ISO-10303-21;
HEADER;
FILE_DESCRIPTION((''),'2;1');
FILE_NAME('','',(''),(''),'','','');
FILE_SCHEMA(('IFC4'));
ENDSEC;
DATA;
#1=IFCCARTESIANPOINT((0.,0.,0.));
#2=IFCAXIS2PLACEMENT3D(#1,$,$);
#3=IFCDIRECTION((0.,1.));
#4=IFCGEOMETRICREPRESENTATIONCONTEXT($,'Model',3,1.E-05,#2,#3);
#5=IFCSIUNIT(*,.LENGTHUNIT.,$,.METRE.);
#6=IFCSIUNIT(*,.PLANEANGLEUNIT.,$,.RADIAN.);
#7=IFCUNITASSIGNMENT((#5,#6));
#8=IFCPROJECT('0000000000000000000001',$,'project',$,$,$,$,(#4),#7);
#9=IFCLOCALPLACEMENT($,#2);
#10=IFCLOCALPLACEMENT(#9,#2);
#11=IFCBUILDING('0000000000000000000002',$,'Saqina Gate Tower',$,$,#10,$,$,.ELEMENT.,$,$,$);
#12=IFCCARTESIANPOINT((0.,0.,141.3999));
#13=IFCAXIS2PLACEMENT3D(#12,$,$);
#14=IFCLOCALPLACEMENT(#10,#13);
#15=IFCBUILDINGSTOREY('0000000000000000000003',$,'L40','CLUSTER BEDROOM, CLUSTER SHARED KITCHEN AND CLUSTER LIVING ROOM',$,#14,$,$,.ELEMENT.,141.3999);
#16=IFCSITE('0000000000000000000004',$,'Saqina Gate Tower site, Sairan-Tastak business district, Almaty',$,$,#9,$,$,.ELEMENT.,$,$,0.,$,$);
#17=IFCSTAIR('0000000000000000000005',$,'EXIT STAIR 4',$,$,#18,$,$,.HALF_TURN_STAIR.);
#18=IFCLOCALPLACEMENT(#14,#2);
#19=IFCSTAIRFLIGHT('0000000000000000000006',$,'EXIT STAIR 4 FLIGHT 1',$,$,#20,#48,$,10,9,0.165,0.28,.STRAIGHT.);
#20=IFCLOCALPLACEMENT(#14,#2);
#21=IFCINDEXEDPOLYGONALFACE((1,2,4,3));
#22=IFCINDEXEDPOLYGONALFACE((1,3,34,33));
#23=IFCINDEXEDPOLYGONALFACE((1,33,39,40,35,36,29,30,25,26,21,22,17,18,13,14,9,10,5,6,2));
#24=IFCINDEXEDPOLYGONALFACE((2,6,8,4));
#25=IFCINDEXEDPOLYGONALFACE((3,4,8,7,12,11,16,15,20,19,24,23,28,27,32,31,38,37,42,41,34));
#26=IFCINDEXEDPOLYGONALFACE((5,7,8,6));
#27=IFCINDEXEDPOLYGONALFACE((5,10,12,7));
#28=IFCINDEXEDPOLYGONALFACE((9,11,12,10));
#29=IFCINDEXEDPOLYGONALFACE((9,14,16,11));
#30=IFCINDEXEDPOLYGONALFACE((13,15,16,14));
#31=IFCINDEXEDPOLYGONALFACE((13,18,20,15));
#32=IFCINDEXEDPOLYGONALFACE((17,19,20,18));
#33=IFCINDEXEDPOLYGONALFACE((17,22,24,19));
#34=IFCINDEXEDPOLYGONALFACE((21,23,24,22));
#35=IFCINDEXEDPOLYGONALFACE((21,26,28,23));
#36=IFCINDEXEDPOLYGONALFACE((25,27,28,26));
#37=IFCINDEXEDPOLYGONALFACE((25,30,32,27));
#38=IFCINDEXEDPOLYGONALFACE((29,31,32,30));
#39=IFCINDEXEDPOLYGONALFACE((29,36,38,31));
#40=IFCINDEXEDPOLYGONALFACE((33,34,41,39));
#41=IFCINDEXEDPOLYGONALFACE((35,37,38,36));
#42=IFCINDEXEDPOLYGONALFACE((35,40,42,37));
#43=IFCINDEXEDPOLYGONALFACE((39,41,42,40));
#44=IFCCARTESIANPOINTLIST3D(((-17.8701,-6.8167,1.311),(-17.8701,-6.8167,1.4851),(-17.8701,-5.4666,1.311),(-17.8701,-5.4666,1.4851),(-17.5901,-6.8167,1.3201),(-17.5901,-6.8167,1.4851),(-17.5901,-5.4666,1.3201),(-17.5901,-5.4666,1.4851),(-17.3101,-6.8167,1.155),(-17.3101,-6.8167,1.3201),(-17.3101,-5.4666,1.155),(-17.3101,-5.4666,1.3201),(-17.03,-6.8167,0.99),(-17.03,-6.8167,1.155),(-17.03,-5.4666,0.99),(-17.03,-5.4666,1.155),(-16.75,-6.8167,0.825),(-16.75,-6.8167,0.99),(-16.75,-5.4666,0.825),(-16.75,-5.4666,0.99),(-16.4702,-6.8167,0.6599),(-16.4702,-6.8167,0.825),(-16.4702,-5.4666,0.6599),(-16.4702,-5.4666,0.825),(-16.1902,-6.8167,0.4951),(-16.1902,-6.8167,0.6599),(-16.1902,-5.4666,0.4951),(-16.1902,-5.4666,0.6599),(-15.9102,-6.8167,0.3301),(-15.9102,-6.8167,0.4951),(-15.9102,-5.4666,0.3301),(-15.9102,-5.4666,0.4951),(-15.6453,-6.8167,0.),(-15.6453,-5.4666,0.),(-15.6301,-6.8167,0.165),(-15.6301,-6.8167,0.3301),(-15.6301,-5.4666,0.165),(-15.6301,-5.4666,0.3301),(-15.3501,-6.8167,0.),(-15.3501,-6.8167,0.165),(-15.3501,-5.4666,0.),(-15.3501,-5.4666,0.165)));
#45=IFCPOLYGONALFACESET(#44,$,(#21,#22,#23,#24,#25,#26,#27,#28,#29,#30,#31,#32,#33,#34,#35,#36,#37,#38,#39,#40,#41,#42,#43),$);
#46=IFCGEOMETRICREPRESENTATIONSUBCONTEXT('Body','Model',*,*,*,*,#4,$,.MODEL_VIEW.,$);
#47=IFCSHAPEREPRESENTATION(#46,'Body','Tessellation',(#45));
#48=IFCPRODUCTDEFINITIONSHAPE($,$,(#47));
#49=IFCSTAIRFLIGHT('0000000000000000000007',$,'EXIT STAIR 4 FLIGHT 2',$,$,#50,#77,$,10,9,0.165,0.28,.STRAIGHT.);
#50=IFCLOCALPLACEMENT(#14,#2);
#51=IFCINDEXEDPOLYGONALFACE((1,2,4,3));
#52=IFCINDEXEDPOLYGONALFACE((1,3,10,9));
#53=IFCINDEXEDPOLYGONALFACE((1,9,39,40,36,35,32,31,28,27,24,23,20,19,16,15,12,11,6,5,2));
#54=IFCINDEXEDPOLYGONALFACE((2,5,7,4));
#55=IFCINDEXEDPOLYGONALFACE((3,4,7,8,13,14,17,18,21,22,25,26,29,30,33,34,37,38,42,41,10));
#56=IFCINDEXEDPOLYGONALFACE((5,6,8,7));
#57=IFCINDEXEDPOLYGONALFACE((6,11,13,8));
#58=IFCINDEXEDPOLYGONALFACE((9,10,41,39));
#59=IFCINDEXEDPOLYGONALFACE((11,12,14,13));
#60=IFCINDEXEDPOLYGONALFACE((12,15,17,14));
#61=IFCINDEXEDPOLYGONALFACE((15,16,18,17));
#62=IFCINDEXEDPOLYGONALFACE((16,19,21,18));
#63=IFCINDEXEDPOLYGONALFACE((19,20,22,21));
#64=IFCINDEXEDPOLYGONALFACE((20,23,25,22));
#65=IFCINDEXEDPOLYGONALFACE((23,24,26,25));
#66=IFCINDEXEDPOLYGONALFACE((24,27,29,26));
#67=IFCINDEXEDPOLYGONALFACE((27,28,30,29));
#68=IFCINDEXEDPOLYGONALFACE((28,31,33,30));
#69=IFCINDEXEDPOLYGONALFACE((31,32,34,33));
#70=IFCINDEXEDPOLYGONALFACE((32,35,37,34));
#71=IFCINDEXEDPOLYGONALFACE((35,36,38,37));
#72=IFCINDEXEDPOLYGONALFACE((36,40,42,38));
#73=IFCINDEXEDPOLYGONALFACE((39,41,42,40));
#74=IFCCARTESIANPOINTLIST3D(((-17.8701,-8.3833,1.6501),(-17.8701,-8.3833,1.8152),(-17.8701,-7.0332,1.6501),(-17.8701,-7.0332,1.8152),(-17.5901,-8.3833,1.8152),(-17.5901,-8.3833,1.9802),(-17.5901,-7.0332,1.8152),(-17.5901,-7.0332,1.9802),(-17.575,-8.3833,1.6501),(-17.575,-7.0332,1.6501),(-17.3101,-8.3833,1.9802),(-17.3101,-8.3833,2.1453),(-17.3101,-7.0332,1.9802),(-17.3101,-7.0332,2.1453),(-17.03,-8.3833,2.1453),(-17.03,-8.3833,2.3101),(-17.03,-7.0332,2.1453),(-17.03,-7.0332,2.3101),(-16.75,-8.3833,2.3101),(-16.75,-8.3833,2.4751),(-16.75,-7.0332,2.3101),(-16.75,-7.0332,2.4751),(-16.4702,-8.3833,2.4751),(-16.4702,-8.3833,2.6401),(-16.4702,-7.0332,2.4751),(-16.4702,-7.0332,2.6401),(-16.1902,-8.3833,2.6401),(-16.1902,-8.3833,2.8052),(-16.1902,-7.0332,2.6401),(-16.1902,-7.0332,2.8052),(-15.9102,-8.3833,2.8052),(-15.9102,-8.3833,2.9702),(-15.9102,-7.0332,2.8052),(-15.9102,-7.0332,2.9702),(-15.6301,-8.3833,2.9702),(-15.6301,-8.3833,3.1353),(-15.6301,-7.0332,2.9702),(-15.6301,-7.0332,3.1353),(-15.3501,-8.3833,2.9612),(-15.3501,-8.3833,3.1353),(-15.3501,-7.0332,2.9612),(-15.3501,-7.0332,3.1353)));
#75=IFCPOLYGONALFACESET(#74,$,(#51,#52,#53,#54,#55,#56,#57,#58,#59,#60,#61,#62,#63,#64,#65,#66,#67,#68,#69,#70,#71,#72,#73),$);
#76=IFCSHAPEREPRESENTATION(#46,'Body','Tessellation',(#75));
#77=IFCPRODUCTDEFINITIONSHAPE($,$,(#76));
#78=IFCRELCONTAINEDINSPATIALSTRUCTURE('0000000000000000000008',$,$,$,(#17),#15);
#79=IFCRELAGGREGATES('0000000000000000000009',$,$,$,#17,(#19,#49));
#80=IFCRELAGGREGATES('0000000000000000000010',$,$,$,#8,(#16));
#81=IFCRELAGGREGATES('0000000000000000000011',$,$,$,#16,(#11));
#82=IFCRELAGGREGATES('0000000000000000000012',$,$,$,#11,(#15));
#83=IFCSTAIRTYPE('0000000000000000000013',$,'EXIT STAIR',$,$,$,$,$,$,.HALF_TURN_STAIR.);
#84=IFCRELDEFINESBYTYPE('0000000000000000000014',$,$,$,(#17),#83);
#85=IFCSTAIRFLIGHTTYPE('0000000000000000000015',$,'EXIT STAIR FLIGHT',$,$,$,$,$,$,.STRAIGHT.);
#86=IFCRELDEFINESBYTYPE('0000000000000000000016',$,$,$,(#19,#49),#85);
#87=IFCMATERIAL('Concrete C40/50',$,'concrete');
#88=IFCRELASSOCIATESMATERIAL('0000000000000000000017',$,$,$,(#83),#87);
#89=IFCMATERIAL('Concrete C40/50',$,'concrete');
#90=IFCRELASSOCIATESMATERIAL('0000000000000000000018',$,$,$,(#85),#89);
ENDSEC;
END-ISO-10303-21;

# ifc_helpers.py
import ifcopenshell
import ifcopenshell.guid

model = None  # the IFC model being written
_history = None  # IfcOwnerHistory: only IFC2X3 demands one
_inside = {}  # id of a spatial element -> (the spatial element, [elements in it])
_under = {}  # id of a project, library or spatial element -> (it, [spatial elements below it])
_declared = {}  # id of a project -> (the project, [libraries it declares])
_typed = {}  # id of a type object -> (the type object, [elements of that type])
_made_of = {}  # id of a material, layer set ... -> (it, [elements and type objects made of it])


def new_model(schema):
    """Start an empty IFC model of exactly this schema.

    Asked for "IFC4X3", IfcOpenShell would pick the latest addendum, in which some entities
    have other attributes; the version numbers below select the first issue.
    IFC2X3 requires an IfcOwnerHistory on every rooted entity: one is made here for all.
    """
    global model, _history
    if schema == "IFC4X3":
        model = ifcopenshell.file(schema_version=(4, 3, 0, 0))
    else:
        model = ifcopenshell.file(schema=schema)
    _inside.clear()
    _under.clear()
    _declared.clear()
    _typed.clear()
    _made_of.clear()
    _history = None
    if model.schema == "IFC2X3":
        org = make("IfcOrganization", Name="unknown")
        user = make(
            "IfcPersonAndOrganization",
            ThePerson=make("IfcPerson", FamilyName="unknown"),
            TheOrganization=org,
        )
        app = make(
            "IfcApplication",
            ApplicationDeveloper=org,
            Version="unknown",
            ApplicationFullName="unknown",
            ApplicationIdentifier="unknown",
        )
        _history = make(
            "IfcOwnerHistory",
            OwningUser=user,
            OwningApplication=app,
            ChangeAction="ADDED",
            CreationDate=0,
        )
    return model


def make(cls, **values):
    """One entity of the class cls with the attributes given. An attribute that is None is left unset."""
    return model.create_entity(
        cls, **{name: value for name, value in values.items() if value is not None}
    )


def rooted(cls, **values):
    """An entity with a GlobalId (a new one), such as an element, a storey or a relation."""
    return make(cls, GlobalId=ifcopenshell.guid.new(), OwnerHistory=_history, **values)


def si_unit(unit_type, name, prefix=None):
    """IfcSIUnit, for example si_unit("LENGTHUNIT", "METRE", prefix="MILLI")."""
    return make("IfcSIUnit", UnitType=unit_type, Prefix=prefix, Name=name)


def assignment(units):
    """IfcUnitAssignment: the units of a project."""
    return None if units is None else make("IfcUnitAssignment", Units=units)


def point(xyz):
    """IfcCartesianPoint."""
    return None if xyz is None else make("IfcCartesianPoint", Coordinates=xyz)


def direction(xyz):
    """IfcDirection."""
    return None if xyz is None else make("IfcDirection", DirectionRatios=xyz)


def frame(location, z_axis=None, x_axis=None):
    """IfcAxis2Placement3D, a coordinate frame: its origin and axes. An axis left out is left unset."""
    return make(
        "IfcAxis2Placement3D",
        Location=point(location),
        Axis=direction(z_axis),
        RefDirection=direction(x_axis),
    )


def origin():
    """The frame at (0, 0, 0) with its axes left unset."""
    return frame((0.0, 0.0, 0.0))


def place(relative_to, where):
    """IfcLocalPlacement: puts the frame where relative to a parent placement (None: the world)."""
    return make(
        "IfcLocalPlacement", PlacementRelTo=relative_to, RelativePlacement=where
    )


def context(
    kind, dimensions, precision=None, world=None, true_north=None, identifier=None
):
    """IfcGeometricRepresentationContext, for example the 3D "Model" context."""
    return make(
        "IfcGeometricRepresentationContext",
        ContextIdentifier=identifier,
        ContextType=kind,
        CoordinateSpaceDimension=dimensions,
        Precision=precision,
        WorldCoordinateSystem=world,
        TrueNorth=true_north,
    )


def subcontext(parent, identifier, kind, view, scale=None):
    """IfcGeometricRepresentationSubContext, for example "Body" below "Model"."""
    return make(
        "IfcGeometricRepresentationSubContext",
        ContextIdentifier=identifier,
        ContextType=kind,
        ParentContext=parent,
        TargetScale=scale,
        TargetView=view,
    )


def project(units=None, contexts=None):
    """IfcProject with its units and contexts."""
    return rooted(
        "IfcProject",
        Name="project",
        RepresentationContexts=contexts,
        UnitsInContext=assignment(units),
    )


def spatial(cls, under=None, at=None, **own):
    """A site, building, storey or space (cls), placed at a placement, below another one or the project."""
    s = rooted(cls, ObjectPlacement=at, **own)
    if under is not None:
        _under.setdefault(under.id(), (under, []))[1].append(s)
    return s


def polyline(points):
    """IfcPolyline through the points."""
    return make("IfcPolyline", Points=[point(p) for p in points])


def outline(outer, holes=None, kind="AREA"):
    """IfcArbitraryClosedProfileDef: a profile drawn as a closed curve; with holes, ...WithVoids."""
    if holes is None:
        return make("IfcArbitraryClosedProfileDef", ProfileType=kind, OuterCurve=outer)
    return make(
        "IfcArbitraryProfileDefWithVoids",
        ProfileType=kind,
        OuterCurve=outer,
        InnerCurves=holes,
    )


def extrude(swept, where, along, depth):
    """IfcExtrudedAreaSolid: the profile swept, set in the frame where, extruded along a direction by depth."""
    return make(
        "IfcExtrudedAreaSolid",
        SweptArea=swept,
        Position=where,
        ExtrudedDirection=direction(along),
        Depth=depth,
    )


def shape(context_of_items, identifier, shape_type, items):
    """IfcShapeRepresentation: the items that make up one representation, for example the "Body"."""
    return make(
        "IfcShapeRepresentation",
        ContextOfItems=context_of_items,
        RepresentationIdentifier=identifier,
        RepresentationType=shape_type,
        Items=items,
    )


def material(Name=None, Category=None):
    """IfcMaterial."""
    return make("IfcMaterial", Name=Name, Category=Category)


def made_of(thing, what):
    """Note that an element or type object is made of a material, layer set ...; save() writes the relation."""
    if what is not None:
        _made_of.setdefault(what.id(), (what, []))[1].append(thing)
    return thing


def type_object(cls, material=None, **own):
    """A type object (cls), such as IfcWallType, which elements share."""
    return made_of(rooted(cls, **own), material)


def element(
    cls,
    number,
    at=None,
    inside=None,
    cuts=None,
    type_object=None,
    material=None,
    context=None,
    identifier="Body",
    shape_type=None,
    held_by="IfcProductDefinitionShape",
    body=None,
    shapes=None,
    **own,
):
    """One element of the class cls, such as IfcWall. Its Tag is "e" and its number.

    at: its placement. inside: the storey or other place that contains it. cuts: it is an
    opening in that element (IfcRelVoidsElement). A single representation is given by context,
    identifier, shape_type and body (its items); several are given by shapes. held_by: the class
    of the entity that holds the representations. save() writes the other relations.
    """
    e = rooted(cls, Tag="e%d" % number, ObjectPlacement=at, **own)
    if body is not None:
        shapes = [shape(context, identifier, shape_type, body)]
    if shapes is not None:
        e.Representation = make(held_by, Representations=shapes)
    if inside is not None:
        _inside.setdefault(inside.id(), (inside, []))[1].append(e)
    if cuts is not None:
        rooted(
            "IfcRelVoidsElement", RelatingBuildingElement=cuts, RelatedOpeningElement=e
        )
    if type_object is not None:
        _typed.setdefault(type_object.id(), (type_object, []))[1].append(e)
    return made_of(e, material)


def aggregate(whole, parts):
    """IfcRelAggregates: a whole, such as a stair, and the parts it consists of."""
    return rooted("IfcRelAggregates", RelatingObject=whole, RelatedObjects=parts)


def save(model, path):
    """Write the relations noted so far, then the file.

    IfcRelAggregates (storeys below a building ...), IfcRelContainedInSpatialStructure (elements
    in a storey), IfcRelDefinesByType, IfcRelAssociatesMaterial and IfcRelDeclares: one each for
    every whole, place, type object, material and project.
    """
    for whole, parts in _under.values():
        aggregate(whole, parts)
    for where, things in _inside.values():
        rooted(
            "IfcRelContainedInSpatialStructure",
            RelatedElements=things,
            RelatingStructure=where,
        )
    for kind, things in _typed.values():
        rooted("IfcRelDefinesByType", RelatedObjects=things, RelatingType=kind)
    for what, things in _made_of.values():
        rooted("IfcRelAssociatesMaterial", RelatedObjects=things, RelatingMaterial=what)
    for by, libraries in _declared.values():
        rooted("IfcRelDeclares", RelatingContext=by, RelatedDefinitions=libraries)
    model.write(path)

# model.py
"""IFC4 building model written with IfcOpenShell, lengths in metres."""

from ifc_helpers import new_model, si_unit, direction, frame, origin, place, context, subcontext, project, spatial, polyline, outline, extrude, material, type_object, element, aggregate, save


model = new_model("IFC4")

# Units and contexts
model_context = context("Model", 3, precision=1e-05, world=origin(), true_north=direction((0.0, 1.0)))
body_context = subcontext(model_context, "Body", "Model", "MODEL_VIEW")
ifc_project = project(units=[si_unit("LENGTHUNIT", "METRE"), si_unit("PLANEANGLEUNIT", "RADIAN")], contexts=[model_context])

# Site, building, storey
site_placement = place(None, origin())
site = spatial("IfcSite", under=ifc_project, at=site_placement, Name="Saqina Gate Tower site, Sairan-Tastak business district, Almaty", CompositionType="ELEMENT", RefElevation=0.0)
building_placement = place(site_placement, origin())
building = spatial("IfcBuilding", under=site, at=building_placement, Name="Saqina Gate Tower", CompositionType="ELEMENT")
storey_placement = place(building_placement, frame((0.0, 0.0, 141.3999)))
storey = spatial("IfcBuildingStorey", under=building, at=storey_placement, Name="L40", Description="CLUSTER BEDROOM, CLUSTER SHARED KITCHEN AND CLUSTER LIVING ROOM", CompositionType="ELEMENT", Elevation=141.3999)

# Stair, stair flights
ifc_material_1 = material(Name="Concrete C40/50", Category="concrete")
stair_type = type_object("IfcStairType", Name="EXIT STAIR", PredefinedType="HALF_TURN_STAIR", material=ifc_material_1)
stair_placement = place(storey_placement, origin())
stair = element("IfcStair", 1, at=stair_placement, inside=storey, type_object=stair_type, Name="EXIT STAIR 4", PredefinedType="HALF_TURN_STAIR")
ifc_material_2 = material(Name="Concrete C40/50", Category="concrete")
stair_flight_type = type_object("IfcStairFlightType", Name="EXIT STAIR FLIGHT", PredefinedType="STRAIGHT", material=ifc_material_2)
stair_flight_1_placement = place(storey_placement, frame((-15.3501, -6.1416, 0.0), z_axis=(0.0, 0.0, 1.0), x_axis=(-1.0, 0.0, 0.0)))
stair_flight_1 = element("IfcStairFlight", 2, at=stair_flight_1_placement, type_object=stair_flight_type, Name="EXIT STAIR 4 FLIGHT 1", NumberOfRisers=10, NumberOfTreads=9, PredefinedType="STRAIGHT", RiserHeight=0.165, TreadLength=0.28, context=body_context, shape_type="SweptSolid", body=[
    extrude(outline(polyline([(0.0, 0.0), (0.0, 0.165), (0.28, 0.165), (0.28, 0.3301), (0.5601, 0.3301), (0.5601, 0.4951), (0.8401, 0.4951), (0.8401, 0.6599), (1.1201, 0.6599), (1.1201, 0.825), (1.3999, 0.825), (1.3999, 0.99), (1.6799, 0.99), (1.6799, 1.155), (1.96, 1.155), (1.96, 1.3201), (2.24, 1.3201), (2.24, 1.4851), (2.52, 1.4851), (2.52, 1.6499), (2.52, 1.311), (0.2952, 0.0), (0.0, 0.0)])), frame((0.0, 0.675, 0.0), z_axis=(0.0, -1.0, 0.0), x_axis=(1.0, 0.0, 0.0)), (0.0, 0.0, 1.0), 1.3501),
])
stair_flight_2_placement = place(storey_placement, frame((-17.8701, -7.7083, 1.6501), z_axis=(0.0, 0.0, 1.0), x_axis=(1.0, 0.0, 0.0)))
stair_flight_2 = element("IfcStairFlight", 3, at=stair_flight_2_placement, type_object=stair_flight_type, Name="EXIT STAIR 4 FLIGHT 2", NumberOfRisers=10, NumberOfTreads=9, PredefinedType="STRAIGHT", RiserHeight=0.165, TreadLength=0.28, context=body_context, shape_type="SweptSolid", body=[
    extrude(outline(polyline([(0.0, 0.0), (0.0, 0.165), (0.28, 0.165), (0.28, 0.3301), (0.5601, 0.3301), (0.5601, 0.4951), (0.8401, 0.4951), (0.8401, 0.6599), (1.1201, 0.6599), (1.1201, 0.825), (1.3999, 0.825), (1.3999, 0.99), (1.6799, 0.99), (1.6799, 1.155), (1.96, 1.155), (1.96, 1.3201), (2.24, 1.3201), (2.24, 1.4851), (2.52, 1.4851), (2.52, 1.6499), (2.52, 1.311), (0.2952, 0.0), (0.0, 0.0)])), frame((0.0, 0.675, 0.0), z_axis=(0.0, -1.0, 0.0), x_axis=(1.0, 0.0, 0.0)), (0.0, 0.0, 1.0), 1.3501),
])
aggregate(stair, [stair_flight_1, stair_flight_2])

save(model, "model.ifc")
